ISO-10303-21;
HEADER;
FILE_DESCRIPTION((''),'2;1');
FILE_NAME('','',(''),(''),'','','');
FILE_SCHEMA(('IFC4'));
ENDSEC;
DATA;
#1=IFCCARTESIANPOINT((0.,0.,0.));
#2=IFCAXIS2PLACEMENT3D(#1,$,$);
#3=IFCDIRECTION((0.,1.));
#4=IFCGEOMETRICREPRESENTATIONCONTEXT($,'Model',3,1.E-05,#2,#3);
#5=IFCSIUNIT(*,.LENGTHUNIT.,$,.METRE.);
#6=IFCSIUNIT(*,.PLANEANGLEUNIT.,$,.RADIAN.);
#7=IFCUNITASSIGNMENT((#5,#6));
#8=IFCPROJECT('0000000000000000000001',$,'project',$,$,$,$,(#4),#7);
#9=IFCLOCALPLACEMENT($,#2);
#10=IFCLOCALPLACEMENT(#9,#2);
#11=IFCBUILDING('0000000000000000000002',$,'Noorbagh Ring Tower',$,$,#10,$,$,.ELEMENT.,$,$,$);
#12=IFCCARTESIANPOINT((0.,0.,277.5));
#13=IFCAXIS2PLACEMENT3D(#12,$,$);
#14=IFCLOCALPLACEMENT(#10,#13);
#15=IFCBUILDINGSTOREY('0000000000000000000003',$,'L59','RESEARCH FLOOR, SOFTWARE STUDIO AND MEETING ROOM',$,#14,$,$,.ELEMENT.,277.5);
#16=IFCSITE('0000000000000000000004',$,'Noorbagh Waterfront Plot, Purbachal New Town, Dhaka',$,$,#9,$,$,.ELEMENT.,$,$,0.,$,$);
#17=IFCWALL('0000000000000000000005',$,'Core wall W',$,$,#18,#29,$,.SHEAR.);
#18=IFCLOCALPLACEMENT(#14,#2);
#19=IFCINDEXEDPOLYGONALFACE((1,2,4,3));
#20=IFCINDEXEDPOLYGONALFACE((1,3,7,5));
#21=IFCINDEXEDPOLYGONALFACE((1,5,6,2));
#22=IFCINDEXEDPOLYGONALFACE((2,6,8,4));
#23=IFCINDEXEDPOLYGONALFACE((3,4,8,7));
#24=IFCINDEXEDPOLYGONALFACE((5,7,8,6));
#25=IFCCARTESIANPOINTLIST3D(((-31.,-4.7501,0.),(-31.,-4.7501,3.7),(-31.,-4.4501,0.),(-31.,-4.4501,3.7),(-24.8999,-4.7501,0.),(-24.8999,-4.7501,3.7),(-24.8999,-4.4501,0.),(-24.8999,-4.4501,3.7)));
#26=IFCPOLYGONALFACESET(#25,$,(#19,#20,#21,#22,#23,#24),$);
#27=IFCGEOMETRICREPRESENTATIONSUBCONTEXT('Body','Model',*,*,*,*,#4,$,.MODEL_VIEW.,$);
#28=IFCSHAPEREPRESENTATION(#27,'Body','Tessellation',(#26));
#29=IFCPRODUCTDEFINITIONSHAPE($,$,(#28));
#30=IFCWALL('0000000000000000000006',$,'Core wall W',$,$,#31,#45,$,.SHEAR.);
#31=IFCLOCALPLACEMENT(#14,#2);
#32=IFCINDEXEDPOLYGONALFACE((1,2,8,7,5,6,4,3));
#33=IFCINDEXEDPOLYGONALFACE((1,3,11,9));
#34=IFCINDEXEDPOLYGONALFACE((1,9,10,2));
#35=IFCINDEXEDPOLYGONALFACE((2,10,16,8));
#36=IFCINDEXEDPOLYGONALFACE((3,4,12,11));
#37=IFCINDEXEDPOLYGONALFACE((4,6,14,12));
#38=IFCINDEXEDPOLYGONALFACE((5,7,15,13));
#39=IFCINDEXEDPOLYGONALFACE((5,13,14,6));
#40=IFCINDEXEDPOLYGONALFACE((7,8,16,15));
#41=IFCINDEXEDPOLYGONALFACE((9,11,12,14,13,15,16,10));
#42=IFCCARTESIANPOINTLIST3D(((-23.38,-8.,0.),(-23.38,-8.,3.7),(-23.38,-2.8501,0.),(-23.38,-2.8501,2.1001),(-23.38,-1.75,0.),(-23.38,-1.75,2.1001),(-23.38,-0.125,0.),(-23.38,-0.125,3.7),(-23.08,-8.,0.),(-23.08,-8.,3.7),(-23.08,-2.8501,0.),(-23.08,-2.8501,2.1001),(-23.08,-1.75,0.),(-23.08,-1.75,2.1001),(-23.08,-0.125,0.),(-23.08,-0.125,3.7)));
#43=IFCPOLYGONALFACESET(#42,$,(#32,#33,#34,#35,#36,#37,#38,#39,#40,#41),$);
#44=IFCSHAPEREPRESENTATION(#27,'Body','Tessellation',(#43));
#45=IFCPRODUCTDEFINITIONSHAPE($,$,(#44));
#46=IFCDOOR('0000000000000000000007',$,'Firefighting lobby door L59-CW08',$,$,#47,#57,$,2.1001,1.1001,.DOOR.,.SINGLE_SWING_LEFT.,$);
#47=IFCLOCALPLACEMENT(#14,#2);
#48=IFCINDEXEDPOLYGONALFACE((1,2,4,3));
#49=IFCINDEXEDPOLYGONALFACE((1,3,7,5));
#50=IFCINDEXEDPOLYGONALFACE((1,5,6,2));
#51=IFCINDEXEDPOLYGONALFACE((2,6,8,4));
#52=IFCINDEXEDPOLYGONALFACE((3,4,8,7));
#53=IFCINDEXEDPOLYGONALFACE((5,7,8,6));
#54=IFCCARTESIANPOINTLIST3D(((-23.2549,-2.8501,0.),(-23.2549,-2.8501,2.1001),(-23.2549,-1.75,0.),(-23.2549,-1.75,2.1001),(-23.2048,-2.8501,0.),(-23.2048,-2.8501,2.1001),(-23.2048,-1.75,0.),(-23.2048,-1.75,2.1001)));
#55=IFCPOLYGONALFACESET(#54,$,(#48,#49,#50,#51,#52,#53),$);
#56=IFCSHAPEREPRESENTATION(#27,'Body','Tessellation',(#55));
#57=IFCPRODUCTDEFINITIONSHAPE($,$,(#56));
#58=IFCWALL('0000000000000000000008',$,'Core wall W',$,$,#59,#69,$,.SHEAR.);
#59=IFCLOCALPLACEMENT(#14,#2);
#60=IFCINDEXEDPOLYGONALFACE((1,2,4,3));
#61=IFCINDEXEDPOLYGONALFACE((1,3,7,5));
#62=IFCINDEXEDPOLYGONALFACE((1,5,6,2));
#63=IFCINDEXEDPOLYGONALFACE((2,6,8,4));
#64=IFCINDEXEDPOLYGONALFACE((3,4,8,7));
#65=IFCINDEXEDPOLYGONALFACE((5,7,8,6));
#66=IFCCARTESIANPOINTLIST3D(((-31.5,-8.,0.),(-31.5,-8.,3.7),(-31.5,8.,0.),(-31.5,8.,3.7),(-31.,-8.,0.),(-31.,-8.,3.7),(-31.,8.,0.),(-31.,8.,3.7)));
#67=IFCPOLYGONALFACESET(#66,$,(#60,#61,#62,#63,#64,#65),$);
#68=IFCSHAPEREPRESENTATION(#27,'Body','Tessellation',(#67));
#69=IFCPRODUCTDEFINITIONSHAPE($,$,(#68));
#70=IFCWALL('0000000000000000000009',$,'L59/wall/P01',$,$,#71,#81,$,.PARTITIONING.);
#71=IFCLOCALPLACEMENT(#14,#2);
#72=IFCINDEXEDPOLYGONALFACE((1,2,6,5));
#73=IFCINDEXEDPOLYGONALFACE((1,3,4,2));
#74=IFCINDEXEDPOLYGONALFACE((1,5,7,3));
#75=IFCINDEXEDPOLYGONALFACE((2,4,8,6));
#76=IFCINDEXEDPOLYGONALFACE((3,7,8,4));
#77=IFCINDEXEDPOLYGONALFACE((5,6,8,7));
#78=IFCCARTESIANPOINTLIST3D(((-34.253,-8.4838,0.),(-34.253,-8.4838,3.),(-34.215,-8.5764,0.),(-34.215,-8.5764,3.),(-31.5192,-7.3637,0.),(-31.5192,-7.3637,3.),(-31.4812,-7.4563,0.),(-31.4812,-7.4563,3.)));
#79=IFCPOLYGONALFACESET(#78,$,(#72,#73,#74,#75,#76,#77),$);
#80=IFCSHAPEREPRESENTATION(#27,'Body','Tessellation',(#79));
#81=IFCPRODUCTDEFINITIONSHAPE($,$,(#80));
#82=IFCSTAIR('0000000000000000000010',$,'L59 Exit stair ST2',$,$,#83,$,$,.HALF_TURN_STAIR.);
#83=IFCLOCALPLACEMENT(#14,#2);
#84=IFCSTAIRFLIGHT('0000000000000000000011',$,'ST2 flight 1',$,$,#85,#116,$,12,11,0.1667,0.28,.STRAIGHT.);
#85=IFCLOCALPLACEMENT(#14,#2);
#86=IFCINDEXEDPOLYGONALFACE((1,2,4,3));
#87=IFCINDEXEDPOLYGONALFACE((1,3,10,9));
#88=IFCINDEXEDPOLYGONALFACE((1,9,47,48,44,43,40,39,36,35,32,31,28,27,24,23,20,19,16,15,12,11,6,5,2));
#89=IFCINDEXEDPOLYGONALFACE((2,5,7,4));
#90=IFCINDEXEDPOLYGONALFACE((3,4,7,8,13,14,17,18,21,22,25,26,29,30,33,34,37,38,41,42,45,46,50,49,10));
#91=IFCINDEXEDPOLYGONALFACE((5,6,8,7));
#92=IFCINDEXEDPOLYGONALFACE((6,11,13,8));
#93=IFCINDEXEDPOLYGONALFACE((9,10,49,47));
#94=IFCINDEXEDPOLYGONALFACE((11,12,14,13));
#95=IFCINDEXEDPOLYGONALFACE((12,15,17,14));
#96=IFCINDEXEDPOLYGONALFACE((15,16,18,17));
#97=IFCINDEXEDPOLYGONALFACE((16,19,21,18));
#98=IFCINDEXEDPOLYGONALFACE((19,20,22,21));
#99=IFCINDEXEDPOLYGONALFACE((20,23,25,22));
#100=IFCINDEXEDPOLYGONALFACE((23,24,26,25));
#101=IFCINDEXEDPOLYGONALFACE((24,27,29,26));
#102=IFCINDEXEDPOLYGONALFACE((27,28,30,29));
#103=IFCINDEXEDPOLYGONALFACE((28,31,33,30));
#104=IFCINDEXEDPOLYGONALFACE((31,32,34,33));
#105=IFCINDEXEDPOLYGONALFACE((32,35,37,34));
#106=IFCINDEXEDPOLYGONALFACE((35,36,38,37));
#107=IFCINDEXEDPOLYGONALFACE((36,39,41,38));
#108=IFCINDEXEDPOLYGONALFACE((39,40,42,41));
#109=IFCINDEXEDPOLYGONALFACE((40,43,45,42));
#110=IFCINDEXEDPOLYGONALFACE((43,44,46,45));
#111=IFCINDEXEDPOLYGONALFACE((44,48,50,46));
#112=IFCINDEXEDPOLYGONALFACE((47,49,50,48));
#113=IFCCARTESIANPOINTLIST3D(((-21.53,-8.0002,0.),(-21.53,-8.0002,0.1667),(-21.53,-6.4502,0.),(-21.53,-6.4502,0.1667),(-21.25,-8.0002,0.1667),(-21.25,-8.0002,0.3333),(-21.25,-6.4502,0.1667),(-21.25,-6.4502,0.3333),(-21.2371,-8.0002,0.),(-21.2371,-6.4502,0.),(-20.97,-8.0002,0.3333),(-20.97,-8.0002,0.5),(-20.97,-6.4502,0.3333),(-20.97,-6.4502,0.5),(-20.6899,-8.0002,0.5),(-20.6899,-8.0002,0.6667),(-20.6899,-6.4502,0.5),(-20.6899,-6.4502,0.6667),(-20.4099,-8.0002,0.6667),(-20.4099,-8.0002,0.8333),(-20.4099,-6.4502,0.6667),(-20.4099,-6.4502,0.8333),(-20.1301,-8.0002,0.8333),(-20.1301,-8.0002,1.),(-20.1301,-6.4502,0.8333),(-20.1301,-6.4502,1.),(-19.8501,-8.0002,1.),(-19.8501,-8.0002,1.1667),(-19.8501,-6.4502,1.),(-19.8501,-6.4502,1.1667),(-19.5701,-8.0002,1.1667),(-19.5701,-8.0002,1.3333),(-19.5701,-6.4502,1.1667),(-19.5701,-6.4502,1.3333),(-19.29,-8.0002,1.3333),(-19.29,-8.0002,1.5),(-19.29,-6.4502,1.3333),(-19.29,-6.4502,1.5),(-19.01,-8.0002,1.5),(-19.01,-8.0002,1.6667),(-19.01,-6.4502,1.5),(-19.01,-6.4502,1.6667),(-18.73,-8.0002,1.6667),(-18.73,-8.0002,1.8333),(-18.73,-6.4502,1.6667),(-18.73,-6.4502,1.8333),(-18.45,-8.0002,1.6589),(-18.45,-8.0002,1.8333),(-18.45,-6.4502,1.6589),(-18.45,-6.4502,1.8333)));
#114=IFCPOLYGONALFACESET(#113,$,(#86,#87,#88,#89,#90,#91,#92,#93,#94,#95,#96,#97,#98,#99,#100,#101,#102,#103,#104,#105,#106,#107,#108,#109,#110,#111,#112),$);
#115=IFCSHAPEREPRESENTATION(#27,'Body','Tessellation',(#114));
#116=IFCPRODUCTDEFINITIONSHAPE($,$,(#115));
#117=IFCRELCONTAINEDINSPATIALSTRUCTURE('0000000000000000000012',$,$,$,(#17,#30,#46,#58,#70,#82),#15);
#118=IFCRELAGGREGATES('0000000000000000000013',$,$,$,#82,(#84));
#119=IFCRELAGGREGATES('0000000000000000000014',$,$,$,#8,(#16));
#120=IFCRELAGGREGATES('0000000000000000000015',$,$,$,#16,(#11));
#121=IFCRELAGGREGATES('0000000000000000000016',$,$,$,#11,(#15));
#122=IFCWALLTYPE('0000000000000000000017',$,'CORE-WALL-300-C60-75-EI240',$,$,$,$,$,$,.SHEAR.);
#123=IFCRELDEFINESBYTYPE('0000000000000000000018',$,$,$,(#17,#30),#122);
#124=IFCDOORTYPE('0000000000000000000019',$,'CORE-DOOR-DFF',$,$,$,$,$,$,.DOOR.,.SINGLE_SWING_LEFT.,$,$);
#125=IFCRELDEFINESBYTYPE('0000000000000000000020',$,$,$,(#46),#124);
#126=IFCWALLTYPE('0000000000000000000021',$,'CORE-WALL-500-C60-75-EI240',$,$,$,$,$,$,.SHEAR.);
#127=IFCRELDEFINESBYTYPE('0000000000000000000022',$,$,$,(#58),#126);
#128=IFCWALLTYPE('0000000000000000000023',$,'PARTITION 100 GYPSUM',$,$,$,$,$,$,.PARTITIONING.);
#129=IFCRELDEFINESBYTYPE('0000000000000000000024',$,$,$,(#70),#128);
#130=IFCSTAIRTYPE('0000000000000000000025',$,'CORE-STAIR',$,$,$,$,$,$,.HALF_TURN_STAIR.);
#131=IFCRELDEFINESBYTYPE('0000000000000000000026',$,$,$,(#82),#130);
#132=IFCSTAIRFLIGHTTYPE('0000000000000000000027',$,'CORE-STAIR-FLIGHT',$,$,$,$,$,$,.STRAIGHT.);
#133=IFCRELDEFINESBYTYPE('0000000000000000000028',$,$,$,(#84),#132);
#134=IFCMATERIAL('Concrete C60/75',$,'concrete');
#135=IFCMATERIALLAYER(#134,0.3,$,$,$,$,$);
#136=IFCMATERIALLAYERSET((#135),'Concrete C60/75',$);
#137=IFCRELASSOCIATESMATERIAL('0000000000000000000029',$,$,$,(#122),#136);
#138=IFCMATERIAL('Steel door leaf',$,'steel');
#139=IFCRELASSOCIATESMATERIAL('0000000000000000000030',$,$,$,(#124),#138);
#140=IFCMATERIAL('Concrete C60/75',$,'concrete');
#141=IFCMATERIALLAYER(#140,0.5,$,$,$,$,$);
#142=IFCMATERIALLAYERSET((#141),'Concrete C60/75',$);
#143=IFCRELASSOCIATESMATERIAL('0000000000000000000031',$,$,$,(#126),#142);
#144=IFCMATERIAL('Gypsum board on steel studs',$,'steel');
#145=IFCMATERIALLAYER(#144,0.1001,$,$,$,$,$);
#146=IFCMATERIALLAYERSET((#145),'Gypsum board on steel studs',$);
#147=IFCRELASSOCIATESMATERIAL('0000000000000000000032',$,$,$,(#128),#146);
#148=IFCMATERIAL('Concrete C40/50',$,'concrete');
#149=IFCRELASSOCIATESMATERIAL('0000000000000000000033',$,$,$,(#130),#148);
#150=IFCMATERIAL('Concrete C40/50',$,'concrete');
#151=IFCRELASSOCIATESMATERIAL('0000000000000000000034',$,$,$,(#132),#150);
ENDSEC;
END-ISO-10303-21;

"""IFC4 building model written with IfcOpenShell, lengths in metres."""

from ifc_helpers import new_model, si_unit, direction, frame, frame_2d, origin, place, context, subcontext, project, spatial, polyline, rectangle, outline, extrude, material, layer, layer_set, type_object, element, fill, aggregate, save


model = new_model("IFC4")

# Units and contexts
model_context = context("Model", 3, precision=1e-05, world=origin(), true_north=direction((0.0, 1.0)))
body_context = subcontext(model_context, "Body", "Model", "MODEL_VIEW")
ifc_project = project(units=[si_unit("LENGTHUNIT", "METRE"), si_unit("PLANEANGLEUNIT", "RADIAN")], contexts=[model_context])

# Site, building, storey
site_placement = place(None, origin())
site = spatial("IfcSite", under=ifc_project, at=site_placement, Name="Noorbagh Waterfront Plot, Purbachal New Town, Dhaka", CompositionType="ELEMENT", RefElevation=0.0)
building_placement = place(site_placement, origin())
building = spatial("IfcBuilding", under=site, at=building_placement, Name="Noorbagh Ring Tower", CompositionType="ELEMENT")
storey_placement = place(building_placement, frame((0.0, 0.0, 277.5)))
storey = spatial("IfcBuildingStorey", under=building, at=storey_placement, Name="L59", Description="RESEARCH FLOOR, SOFTWARE STUDIO AND MEETING ROOM", CompositionType="ELEMENT", Elevation=277.5)

# Wall
ifc_material_1 = material(Name="Concrete C60/75", Category="concrete")
ifc_layer_1 = layer(ifc_material_1, 0.3)
ifc_layer_set_1 = layer_set([ifc_layer_1], Name="Concrete C60/75")
wall_type_1 = type_object("IfcWallType", Name="CORE-WALL-300-C60-75-EI240", PredefinedType="SHEAR", material=ifc_layer_set_1)
wall_1_placement = place(storey_placement, frame((-24.8999, -4.6001, 0.0), z_axis=(0.0, 0.0, 1.0), x_axis=(-1.0, 0.0, 0.0)))
element("IfcWall", 1, at=wall_1_placement, inside=storey, type_object=wall_type_1, Name="Core wall W", PredefinedType="SHEAR", context=body_context, shape_type="SweptSolid", body=[
    extrude(rectangle(XDim=6.1001, YDim=0.3, at=frame_2d((3.05, 0.0))), origin(), (0.0, 0.0, 1.0), 3.7),
])

# Wall, opening, door
wall_2_placement = place(storey_placement, frame((-23.23, -8.0, 0.0), z_axis=(0.0, 0.0, 1.0), x_axis=(0.0, 1.0, 0.0)))
wall_2 = element("IfcWall", 2, at=wall_2_placement, inside=storey, type_object=wall_type_1, Name="Core wall W", PredefinedType="SHEAR", context=body_context, shape_type="SweptSolid", body=[
    extrude(rectangle(XDim=7.875, YDim=0.3, at=frame_2d((3.9375, 0.0))), origin(), (0.0, 0.0, 1.0), 3.7),
])
opening_1_placement = place(wall_2_placement, frame((5.1499, 0.0, 0.0)))
opening_1 = element("IfcOpeningElement", 3, at=opening_1_placement, cuts=wall_2, PredefinedType="OPENING", context=body_context, shape_type="SweptSolid", body=[
    extrude(rectangle(XDim=1.1001, YDim=2.1001, at=frame_2d((0.55, 1.05))), frame((0.0, 0.1602, 0.0), z_axis=(0.0, -1.0, 0.0), x_axis=(1.0, 0.0, 0.0)), (0.0, 0.0, 1.0), 0.3201),
])
ifc_material_2 = material(Name="Steel door leaf", Category="steel")
door_type_1 = type_object("IfcDoorType", Name="CORE-DOOR-DFF", OperationType="SINGLE_SWING_LEFT", PredefinedType="DOOR", material=ifc_material_2)
door_1_placement = place(opening_1_placement, origin())
door_1 = element("IfcDoor", 4, at=door_1_placement, inside=storey, type_object=door_type_1, Name="Firefighting lobby door L59-CW08", OperationType="SINGLE_SWING_LEFT", OverallHeight=2.1001, OverallWidth=1.1001, PredefinedType="DOOR", context=body_context, shape_type="SweptSolid", body=[
    extrude(rectangle(XDim=1.1001, YDim=2.1001, at=frame_2d((0.55, 1.05))), frame((0.0, 0.0249, 0.0), z_axis=(0.0, -1.0, 0.0), x_axis=(1.0, 0.0, 0.0)), (0.0, 0.0, 1.0), 0.05),
])
fill(opening_1, door_1)

# Walls
ifc_material_3 = material(Name="Concrete C60/75", Category="concrete")
ifc_layer_2 = layer(ifc_material_3, 0.5)
ifc_layer_set_2 = layer_set([ifc_layer_2], Name="Concrete C60/75")
wall_type_2 = type_object("IfcWallType", Name="CORE-WALL-500-C60-75-EI240", PredefinedType="SHEAR", material=ifc_layer_set_2)
wall_3_placement = place(storey_placement, frame((-31.25, -8.0, 0.0), z_axis=(0.0, 0.0, 1.0), x_axis=(0.0, 1.0, 0.0)))
element("IfcWall", 5, at=wall_3_placement, inside=storey, type_object=wall_type_2, Name="Core wall W", PredefinedType="SHEAR", context=body_context, shape_type="SweptSolid", body=[
    extrude(rectangle(XDim=16.0, YDim=0.5, at=frame_2d((8.0, 0.0))), origin(), (0.0, 0.0, 1.0), 3.7),
])
ifc_material_4 = material(Name="Gypsum board on steel studs", Category="steel")
ifc_layer_3 = layer(ifc_material_4, 0.1001)
ifc_layer_set_3 = layer_set([ifc_layer_3], Name="Gypsum board on steel studs")
wall_type_3 = type_object("IfcWallType", Name="PARTITION 100 GYPSUM", PredefinedType="PARTITIONING", material=ifc_layer_set_3)
wall_4_placement = place(storey_placement, frame((-34.2339, -8.53, 0.0), z_axis=(0.0, 0.0, 1.0), x_axis=(0.925344, 0.379128, 0.0)))
element("IfcWall", 6, at=wall_4_placement, inside=storey, type_object=wall_type_3, Name="L59/wall/P01", PredefinedType="PARTITIONING", context=body_context, shape_type="SweptSolid", body=[
    extrude(rectangle(XDim=2.9543, YDim=0.1001, at=frame_2d((1.4771, 0.0))), origin(), (0.0, 0.0, 1.0), 3.0),
])

# Stair, stair flight
ifc_material_5 = material(Name="Concrete C40/50", Category="concrete")
stair_type = type_object("IfcStairType", Name="CORE-STAIR", PredefinedType="HALF_TURN_STAIR", material=ifc_material_5)
stair_placement = place(storey_placement, origin())
stair = element("IfcStair", 7, at=stair_placement, inside=storey, type_object=stair_type, Name="L59 Exit stair ST2", PredefinedType="HALF_TURN_STAIR")
ifc_material_6 = material(Name="Concrete C40/50", Category="concrete")
stair_flight_type = type_object("IfcStairFlightType", Name="CORE-STAIR-FLIGHT", PredefinedType="STRAIGHT", material=ifc_material_6)
stair_flight_placement = place(storey_placement, frame((-21.53, -7.2251, 0.0), z_axis=(0.0, 0.0, 1.0), x_axis=(1.0, 0.0, 0.0)))
stair_flight = element("IfcStairFlight", 8, at=stair_flight_placement, type_object=stair_flight_type, Name="ST2 flight 1", NumberOfRisers=12, NumberOfTreads=11, PredefinedType="STRAIGHT", RiserHeight=0.1667, TreadLength=0.28, context=body_context, shape_type="SweptSolid", body=[
    extrude(outline(polyline([(0.0, 0.0), (0.0, 0.1667), (0.28, 0.1667), (0.28, 0.3333), (0.5601, 0.3333), (0.5601, 0.5), (0.8401, 0.5), (0.8401, 0.6667), (1.1201, 0.6667), (1.1201, 0.8333), (1.3999, 0.8333), (1.3999, 1.0), (1.6799, 1.0), (1.6799, 1.1667), (1.96, 1.1667), (1.96, 1.3333), (2.24, 1.3333), (2.24, 1.5), (2.52, 1.5), (2.52, 1.6667), (2.8, 1.6667), (2.8, 1.8333), (3.0801, 1.8333), (3.0801, 2.0), (3.0801, 1.6589), (0.293, 0.0), (0.0, 0.0)])), frame((0.0, 0.7749, 0.0), z_axis=(0.0, -1.0, 0.0), x_axis=(1.0, 0.0, 0.0)), (0.0, 0.0, 1.0), 1.55),
])
aggregate(stair, [stair_flight])

save(model, "model.ifc")
